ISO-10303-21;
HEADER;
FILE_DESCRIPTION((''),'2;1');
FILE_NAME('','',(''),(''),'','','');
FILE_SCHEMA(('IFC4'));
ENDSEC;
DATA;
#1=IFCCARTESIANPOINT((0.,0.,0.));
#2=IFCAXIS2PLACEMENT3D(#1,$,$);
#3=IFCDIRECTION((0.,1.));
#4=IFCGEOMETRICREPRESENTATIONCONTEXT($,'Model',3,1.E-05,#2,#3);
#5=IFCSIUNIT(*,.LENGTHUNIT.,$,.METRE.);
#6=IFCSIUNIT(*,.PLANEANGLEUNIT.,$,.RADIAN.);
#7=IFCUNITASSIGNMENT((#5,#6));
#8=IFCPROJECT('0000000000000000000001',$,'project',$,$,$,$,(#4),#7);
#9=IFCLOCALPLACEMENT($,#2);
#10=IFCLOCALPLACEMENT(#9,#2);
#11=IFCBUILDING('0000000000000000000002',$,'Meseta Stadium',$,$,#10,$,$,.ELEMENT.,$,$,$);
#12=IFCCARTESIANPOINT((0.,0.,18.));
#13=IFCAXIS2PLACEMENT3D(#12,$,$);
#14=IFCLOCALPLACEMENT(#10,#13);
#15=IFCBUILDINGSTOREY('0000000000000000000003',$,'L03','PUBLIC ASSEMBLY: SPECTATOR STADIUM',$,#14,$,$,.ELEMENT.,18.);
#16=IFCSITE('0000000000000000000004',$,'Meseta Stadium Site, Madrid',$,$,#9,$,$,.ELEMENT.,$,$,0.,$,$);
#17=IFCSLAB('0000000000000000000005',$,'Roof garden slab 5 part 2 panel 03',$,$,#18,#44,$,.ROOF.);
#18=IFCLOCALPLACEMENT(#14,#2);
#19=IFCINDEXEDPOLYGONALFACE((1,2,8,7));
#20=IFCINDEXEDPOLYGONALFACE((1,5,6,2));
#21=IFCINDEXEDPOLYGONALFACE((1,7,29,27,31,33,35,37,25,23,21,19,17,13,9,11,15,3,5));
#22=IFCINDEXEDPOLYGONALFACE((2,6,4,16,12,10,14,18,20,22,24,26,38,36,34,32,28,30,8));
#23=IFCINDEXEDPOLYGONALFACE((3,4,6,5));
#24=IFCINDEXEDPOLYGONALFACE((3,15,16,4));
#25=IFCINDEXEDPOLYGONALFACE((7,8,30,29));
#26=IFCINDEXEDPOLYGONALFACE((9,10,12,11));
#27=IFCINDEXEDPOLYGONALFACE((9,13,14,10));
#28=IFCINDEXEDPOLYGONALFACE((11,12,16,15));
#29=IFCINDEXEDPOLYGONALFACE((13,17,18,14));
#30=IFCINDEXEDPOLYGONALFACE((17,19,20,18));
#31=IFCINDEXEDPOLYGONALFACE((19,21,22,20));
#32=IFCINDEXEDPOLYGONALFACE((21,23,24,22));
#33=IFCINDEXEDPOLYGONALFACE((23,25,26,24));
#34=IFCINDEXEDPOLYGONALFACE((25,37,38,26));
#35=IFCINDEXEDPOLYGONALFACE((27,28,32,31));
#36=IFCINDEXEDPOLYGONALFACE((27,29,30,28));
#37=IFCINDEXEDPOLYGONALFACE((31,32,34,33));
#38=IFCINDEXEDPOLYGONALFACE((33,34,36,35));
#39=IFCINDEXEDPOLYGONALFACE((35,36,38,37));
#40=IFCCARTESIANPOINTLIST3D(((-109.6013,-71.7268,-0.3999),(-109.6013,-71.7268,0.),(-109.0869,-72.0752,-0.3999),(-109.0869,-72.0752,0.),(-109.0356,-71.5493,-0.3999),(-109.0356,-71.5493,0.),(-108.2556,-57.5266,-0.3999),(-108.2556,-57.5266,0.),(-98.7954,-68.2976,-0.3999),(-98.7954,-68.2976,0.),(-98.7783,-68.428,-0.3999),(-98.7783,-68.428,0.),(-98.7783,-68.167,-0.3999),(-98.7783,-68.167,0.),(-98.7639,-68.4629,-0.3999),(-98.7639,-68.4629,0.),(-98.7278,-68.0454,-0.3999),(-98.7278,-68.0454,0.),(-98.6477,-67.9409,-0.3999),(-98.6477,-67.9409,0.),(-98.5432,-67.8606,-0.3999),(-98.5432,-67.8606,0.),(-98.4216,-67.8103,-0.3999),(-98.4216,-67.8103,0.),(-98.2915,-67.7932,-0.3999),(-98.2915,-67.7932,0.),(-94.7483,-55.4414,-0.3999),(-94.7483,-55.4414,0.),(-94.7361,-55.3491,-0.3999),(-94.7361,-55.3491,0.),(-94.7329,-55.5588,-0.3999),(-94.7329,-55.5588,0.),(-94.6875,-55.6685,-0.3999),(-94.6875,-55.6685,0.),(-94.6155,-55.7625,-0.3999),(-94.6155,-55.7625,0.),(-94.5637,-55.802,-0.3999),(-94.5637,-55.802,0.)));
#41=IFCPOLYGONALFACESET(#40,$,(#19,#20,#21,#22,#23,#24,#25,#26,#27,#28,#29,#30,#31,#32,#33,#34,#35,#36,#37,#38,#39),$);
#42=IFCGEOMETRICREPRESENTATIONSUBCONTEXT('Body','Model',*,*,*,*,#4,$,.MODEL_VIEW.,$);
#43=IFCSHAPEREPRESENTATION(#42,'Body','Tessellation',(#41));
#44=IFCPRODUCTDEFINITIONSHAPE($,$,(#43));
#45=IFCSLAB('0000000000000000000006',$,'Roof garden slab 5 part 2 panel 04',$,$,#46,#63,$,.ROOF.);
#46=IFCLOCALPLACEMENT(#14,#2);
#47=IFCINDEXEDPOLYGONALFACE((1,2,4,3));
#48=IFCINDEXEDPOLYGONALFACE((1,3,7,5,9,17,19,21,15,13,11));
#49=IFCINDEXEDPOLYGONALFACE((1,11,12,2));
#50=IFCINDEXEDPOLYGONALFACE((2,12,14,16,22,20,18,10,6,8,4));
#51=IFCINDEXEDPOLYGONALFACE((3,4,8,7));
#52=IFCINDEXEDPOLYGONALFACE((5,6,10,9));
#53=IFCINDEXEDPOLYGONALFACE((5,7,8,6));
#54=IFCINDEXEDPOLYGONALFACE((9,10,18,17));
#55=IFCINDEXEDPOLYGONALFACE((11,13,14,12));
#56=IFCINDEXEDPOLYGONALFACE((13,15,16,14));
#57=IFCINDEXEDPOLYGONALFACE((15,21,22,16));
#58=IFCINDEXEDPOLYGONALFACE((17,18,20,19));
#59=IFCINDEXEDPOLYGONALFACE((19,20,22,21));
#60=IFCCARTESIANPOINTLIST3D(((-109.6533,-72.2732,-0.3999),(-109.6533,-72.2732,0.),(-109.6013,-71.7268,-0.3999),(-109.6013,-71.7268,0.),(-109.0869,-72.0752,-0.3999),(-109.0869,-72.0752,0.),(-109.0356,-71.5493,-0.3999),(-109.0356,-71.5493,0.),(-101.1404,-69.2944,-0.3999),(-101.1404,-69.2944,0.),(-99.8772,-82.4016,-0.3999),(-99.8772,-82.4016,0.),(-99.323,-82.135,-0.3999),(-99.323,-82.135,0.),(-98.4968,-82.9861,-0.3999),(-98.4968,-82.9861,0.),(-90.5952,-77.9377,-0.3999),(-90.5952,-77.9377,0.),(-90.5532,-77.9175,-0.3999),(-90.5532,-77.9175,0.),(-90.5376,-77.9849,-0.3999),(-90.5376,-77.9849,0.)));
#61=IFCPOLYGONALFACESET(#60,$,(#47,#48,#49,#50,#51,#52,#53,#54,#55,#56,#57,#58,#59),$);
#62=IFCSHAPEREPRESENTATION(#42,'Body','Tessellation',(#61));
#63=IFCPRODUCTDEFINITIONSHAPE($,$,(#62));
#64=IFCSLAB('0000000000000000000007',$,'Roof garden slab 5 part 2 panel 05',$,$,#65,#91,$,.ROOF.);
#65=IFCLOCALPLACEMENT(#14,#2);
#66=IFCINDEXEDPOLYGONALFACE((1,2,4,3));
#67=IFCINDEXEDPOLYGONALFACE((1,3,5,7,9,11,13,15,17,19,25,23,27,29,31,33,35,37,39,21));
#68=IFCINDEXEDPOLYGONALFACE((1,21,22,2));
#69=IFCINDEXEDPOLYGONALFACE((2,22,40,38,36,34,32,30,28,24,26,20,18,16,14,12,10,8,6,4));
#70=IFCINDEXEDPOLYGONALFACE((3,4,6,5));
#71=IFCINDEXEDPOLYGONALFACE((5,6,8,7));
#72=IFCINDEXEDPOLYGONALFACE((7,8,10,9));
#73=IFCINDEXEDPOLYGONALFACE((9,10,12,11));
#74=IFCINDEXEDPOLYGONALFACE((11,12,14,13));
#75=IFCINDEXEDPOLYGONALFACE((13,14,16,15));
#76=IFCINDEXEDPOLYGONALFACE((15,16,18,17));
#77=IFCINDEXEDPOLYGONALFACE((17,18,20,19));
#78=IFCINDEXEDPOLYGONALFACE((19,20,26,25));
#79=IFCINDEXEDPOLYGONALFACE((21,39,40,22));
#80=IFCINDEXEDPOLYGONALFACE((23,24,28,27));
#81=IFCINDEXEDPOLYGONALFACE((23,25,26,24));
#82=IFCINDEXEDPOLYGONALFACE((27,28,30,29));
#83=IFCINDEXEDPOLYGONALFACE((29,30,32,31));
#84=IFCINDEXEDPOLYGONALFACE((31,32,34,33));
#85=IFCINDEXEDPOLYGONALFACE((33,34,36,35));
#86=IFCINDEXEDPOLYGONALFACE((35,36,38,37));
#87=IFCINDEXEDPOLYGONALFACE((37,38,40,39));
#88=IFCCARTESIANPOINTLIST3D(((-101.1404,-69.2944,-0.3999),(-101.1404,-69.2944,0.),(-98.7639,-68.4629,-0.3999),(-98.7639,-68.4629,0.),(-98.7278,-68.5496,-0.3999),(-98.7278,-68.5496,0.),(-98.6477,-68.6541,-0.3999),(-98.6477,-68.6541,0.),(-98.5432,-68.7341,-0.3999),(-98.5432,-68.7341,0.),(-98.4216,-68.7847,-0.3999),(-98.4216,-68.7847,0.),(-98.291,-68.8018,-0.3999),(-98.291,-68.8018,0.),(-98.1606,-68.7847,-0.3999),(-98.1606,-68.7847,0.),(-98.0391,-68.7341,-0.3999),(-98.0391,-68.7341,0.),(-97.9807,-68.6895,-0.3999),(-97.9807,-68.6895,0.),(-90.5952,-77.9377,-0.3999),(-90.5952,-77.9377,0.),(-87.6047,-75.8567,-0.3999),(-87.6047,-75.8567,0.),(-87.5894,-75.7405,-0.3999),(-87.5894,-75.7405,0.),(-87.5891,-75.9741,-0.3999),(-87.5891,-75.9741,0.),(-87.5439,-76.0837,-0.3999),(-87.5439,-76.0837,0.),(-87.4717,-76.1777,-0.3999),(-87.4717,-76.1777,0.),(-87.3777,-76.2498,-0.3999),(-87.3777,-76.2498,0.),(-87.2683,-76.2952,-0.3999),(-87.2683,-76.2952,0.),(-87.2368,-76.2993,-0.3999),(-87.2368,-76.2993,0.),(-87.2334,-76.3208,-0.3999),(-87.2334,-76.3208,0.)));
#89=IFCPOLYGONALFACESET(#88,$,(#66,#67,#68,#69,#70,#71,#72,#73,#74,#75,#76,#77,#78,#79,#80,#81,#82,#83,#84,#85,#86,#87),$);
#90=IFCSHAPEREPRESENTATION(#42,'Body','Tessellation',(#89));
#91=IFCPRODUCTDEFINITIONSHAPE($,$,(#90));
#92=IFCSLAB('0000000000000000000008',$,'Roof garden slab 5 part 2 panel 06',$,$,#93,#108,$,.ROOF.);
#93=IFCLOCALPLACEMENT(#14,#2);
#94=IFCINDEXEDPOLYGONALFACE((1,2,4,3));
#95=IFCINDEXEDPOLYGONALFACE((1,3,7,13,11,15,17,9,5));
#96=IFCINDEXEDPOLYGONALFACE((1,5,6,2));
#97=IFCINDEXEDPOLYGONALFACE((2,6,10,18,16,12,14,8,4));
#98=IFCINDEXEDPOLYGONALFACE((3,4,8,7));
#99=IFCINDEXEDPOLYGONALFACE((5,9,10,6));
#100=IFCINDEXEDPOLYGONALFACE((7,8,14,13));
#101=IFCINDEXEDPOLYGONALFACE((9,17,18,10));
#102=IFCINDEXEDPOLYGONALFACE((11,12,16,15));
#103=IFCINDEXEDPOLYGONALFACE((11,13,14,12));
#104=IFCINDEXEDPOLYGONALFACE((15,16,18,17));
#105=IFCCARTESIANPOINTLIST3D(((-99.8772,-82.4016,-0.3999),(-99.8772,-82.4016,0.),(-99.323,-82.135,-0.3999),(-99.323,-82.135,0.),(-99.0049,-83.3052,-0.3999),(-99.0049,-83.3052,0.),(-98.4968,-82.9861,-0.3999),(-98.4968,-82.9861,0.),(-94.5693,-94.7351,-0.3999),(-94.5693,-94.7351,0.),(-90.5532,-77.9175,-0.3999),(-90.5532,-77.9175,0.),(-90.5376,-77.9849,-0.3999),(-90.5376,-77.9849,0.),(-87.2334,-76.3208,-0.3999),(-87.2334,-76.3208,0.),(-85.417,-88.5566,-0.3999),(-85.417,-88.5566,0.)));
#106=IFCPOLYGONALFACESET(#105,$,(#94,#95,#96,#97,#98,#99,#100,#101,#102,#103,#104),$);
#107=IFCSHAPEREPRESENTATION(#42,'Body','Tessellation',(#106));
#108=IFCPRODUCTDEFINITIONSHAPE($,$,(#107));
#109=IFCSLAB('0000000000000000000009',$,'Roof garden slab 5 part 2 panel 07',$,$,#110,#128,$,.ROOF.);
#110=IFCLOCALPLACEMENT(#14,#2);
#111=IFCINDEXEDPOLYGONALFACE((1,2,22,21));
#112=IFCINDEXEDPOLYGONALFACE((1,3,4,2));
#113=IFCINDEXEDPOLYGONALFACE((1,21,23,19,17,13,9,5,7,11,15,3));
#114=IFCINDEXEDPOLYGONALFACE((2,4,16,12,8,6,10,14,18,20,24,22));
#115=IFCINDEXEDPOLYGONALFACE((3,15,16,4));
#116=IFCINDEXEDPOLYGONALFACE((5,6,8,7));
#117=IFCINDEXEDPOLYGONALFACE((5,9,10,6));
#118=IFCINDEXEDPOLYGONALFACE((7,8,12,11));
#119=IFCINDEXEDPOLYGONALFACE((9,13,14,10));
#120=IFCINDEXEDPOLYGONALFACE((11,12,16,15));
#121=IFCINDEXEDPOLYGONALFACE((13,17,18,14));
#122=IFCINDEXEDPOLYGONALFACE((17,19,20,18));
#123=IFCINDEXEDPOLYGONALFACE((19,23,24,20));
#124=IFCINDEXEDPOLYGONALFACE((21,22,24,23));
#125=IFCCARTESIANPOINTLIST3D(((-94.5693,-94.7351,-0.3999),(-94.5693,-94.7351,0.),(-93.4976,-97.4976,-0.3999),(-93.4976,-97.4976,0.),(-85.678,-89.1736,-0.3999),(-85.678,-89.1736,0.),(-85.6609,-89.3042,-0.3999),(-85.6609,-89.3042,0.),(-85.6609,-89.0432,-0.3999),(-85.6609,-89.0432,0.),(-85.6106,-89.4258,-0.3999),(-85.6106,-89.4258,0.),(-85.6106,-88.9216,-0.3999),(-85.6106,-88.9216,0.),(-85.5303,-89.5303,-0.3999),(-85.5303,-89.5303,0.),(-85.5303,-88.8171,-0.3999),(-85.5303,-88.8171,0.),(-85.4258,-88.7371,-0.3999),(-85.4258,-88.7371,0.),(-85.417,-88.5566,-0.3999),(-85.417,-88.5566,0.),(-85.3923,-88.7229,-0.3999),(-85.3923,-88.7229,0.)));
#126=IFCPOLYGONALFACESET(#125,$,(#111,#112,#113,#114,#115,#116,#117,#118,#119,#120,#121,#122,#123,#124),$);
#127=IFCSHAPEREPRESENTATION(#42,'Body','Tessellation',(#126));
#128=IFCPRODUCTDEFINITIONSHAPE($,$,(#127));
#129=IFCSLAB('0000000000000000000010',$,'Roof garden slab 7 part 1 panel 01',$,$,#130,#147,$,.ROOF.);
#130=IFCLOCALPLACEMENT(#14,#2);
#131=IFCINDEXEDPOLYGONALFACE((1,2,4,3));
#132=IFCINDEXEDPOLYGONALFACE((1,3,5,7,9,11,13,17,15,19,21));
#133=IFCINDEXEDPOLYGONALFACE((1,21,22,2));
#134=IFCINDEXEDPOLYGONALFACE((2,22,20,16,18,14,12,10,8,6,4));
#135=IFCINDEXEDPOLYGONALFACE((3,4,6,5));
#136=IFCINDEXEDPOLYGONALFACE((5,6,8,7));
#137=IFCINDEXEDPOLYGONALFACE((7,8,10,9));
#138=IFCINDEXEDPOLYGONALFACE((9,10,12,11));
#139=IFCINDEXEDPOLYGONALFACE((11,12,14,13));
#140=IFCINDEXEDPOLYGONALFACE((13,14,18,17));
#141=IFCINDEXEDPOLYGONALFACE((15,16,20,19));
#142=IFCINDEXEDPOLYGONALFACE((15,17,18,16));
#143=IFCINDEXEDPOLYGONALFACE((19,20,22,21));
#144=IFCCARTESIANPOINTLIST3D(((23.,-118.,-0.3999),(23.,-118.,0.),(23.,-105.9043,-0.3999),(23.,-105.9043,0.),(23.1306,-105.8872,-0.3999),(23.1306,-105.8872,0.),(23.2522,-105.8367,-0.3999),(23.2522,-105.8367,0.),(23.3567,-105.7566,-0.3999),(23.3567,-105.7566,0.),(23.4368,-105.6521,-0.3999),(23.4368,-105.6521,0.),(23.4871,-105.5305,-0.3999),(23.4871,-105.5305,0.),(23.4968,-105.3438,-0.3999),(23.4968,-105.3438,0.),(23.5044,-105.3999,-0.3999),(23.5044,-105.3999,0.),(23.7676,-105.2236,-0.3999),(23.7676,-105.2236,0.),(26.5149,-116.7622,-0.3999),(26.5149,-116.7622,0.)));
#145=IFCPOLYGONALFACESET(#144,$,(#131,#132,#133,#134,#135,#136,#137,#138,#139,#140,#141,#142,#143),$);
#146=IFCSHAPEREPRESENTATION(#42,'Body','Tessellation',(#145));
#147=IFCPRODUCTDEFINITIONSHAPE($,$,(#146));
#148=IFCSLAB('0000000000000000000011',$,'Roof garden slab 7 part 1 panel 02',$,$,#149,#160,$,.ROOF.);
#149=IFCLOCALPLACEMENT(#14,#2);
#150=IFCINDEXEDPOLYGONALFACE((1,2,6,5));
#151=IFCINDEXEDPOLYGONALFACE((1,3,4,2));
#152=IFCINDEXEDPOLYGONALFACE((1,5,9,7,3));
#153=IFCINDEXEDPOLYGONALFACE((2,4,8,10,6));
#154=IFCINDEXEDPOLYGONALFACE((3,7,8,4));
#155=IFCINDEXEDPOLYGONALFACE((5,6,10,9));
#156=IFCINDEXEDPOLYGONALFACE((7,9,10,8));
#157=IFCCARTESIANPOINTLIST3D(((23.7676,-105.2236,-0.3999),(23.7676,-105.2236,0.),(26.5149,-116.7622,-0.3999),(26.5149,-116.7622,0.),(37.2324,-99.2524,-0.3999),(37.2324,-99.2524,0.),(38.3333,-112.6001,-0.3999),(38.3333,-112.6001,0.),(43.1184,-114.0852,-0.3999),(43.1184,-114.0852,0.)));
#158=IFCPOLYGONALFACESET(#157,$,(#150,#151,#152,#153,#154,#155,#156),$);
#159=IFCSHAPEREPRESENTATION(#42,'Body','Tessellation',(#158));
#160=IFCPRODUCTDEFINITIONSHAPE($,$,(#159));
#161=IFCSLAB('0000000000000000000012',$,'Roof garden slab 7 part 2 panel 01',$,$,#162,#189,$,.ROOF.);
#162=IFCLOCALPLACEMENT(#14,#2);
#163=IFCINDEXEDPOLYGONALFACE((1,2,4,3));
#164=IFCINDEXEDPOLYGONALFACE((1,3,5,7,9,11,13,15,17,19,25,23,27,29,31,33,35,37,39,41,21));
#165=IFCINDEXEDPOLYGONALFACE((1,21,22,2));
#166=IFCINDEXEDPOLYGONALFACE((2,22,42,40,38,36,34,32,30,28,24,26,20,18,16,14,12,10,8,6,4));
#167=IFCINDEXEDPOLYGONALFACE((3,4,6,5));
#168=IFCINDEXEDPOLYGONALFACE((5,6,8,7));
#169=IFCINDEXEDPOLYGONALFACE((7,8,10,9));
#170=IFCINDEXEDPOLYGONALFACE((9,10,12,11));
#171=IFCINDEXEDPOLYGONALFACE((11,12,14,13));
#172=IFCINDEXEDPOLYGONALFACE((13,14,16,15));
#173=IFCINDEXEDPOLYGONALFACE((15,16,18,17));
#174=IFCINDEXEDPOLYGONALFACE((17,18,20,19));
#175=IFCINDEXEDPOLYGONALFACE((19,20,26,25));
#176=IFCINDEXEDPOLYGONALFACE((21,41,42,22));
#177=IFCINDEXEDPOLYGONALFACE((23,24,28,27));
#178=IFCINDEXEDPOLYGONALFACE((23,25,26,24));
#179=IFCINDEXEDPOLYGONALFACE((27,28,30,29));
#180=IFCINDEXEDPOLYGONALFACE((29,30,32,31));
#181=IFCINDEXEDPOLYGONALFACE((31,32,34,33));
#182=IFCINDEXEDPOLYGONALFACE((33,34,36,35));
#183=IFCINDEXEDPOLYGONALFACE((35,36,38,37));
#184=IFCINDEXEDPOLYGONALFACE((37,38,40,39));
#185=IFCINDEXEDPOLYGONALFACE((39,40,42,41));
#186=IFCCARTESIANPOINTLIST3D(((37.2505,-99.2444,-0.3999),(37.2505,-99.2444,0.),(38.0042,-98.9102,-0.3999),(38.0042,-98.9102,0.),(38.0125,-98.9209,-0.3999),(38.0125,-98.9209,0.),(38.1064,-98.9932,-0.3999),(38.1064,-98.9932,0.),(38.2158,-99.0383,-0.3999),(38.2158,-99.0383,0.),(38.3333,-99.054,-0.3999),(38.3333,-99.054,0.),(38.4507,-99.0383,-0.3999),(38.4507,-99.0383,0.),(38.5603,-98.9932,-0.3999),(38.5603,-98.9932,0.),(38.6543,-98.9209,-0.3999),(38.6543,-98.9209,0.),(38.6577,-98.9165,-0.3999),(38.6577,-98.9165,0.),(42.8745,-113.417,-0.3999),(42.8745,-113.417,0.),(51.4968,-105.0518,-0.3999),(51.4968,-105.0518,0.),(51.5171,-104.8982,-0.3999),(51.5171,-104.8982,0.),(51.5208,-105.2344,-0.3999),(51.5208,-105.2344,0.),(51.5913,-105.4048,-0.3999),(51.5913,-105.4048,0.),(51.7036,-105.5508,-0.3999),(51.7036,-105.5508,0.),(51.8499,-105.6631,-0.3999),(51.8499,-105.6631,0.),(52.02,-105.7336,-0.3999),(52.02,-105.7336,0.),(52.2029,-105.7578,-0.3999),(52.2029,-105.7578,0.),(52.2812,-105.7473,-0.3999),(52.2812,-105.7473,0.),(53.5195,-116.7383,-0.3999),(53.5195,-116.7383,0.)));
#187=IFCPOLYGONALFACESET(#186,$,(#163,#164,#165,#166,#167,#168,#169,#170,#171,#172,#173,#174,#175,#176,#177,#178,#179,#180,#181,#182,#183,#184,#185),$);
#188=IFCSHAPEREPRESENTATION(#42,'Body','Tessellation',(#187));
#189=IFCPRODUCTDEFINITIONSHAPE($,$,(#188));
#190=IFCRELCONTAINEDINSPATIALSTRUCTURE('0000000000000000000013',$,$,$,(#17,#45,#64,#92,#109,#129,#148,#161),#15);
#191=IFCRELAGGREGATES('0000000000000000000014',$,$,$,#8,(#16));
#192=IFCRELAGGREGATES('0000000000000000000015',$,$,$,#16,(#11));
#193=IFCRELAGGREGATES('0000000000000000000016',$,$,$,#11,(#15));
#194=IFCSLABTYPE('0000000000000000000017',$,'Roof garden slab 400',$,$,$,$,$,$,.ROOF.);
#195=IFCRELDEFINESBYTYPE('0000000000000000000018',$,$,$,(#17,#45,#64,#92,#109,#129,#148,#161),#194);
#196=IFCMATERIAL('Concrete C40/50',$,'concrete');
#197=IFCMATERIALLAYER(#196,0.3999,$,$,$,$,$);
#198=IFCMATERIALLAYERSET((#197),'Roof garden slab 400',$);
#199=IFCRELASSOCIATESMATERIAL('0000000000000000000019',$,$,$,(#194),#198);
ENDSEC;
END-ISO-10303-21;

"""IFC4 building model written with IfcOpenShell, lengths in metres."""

from ifc_helpers import new_model, si_unit, direction, frame, origin, place, context, subcontext, project, spatial, polyline, outline, extrude, material, layer, layer_set, type_object, element, save


model = new_model("IFC4")

# Units and contexts
model_context = context("Model", 3, precision=1e-05, world=origin(), true_north=direction((0.0, 1.0)))
body_context = subcontext(model_context, "Body", "Model", "MODEL_VIEW")
ifc_project = project(units=[si_unit("LENGTHUNIT", "METRE"), si_unit("PLANEANGLEUNIT", "RADIAN")], contexts=[model_context])

# Site, building, storey
site_placement = place(None, origin())
site = spatial("IfcSite", under=ifc_project, at=site_placement, Name="Meseta Stadium Site, Madrid", CompositionType="ELEMENT", RefElevation=0.0)
building_placement = place(site_placement, origin())
building = spatial("IfcBuilding", under=site, at=building_placement, Name="Meseta Stadium", CompositionType="ELEMENT")
storey_placement = place(building_placement, frame((0.0, 0.0, 18.0)))
storey = spatial("IfcBuildingStorey", under=building, at=storey_placement, Name="L03", Description="PUBLIC ASSEMBLY: SPECTATOR STADIUM", CompositionType="ELEMENT", Elevation=18.0)

# Slabs
ifc_material_1 = material(Name="Concrete C40/50", Category="concrete")
ifc_layer_1 = layer(ifc_material_1, 0.3999)
ifc_layer_set_1 = layer_set([ifc_layer_1], Name="Roof garden slab 400")
slab_type_1 = type_object("IfcSlabType", Name="Roof garden slab 400", PredefinedType="ROOF", material=ifc_layer_set_1)
slab_1_placement = place(storey_placement, frame((0.0, 0.0, -0.3999)))
element("IfcSlab", 1, at=slab_1_placement, inside=storey, type_object=slab_type_1, Name="Roof garden slab 5 part 2 panel 03", PredefinedType="ROOF", context=body_context, shape_type="SweptSolid", body=[
    extrude(outline(polyline([(-94.6155, -55.7625), (-94.6875, -55.6685), (-94.7329, -55.5588), (-94.7483, -55.4414), (-94.7361, -55.3491), (-108.2556, -57.5266), (-109.6013, -71.7268), (-109.0356, -71.5493), (-109.0869, -72.0752), (-98.7639, -68.4629), (-98.7783, -68.428), (-98.7954, -68.2976), (-98.7783, -68.167), (-98.7278, -68.0454), (-98.6477, -67.9409), (-98.5432, -67.8606), (-98.4216, -67.8103), (-98.2915, -67.7932), (-94.5637, -55.802), (-94.6155, -55.7625)])), origin(), (0.0, 0.0, 1.0), 0.3999),
])
slab_2_placement = place(storey_placement, frame((0.0, 0.0, -0.3999)))
element("IfcSlab", 2, at=slab_2_placement, inside=storey, type_object=slab_type_1, Name="Roof garden slab 5 part 2 panel 04", PredefinedType="ROOF", context=body_context, shape_type="SweptSolid", body=[
    extrude(outline(polyline([(-90.5376, -77.9849), (-90.5532, -77.9175), (-90.5952, -77.9377), (-101.1404, -69.2944), (-109.0869, -72.0752), (-109.0356, -71.5493), (-109.6013, -71.7268), (-109.6533, -72.2732), (-99.8772, -82.4016), (-99.323, -82.135), (-98.4968, -82.9861), (-90.5376, -77.9849)])), origin(), (0.0, 0.0, 1.0), 0.3999),
])
slab_3_placement = place(storey_placement, frame((0.0, 0.0, -0.3999)))
element("IfcSlab", 3, at=slab_3_placement, inside=storey, type_object=slab_type_1, Name="Roof garden slab 5 part 2 panel 05", PredefinedType="ROOF", context=body_context, shape_type="SweptSolid", body=[
    extrude(outline(polyline([(-98.4216, -68.7847), (-98.5432, -68.7341), (-98.6477, -68.6541), (-98.7278, -68.5496), (-98.7639, -68.4629), (-101.1404, -69.2944), (-90.5952, -77.9377), (-87.2334, -76.3208), (-87.2368, -76.2993), (-87.2683, -76.2952), (-87.3777, -76.2498), (-87.4717, -76.1777), (-87.5439, -76.0837), (-87.5891, -75.9741), (-87.6047, -75.8567), (-87.5894, -75.7405), (-97.9807, -68.6895), (-98.0391, -68.7341), (-98.1606, -68.7847), (-98.291, -68.8018), (-98.4216, -68.7847)])), origin(), (0.0, 0.0, 1.0), 0.3999),
])
slab_4_placement = place(storey_placement, frame((0.0, 0.0, -0.3999)))
element("IfcSlab", 4, at=slab_4_placement, inside=storey, type_object=slab_type_1, Name="Roof garden slab 5 part 2 panel 06", PredefinedType="ROOF", context=body_context, shape_type="SweptSolid", body=[
    extrude(outline(polyline([(-99.323, -82.135), (-99.8772, -82.4016), (-99.0049, -83.3052), (-94.5693, -94.7351), (-85.417, -88.5566), (-87.2334, -76.3208), (-90.5532, -77.9175), (-90.5376, -77.9849), (-98.4968, -82.9861), (-99.323, -82.135)])), origin(), (0.0, 0.0, 1.0), 0.3999),
])
slab_5_placement = place(storey_placement, frame((0.0, 0.0, -0.3999)))
element("IfcSlab", 5, at=slab_5_placement, inside=storey, type_object=slab_type_1, Name="Roof garden slab 5 part 2 panel 07", PredefinedType="ROOF", context=body_context, shape_type="SweptSolid", body=[
    extrude(outline(polyline([(-85.417, -88.5566), (-94.5693, -94.7351), (-93.4976, -97.4976), (-85.5303, -89.5303), (-85.6106, -89.4258), (-85.6609, -89.3042), (-85.678, -89.1736), (-85.6609, -89.0432), (-85.6106, -88.9216), (-85.5303, -88.8171), (-85.4258, -88.7371), (-85.3923, -88.7229), (-85.417, -88.5566)])), origin(), (0.0, 0.0, 1.0), 0.3999),
])
slab_6_placement = place(storey_placement, frame((0.0, 0.0, -0.3999)))
element("IfcSlab", 6, at=slab_6_placement, inside=storey, type_object=slab_type_1, Name="Roof garden slab 7 part 1 panel 01", PredefinedType="ROOF", context=body_context, shape_type="SweptSolid", body=[
    extrude(outline(polyline([(23.7676, -105.2236), (23.4968, -105.3438), (23.5044, -105.3999), (23.4871, -105.5305), (23.4368, -105.6521), (23.3567, -105.7566), (23.2522, -105.8367), (23.1306, -105.8872), (23.0, -105.9043), (23.0, -118.0), (26.5149, -116.7622), (23.7676, -105.2236)])), origin(), (0.0, 0.0, 1.0), 0.3999),
])
slab_7_placement = place(storey_placement, frame((0.0, 0.0, -0.3999)))
element("IfcSlab", 7, at=slab_7_placement, inside=storey, type_object=slab_type_1, Name="Roof garden slab 7 part 1 panel 02", PredefinedType="ROOF", context=body_context, shape_type="SweptSolid", body=[
    extrude(outline(polyline([(43.1184, -114.0852), (37.2324, -99.2524), (23.7676, -105.2236), (26.5149, -116.7622), (38.3333, -112.6001), (43.1184, -114.0852)])), origin(), (0.0, 0.0, 1.0), 0.3999),
])
slab_8_placement = place(storey_placement, frame((0.0, 0.0, -0.3999)))
element("IfcSlab", 8, at=slab_8_placement, inside=storey, type_object=slab_type_1, Name="Roof garden slab 7 part 2 panel 01", PredefinedType="ROOF", context=body_context, shape_type="SweptSolid", body=[
    extrude(outline(polyline([(38.5603, -98.9932), (38.4507, -99.0383), (38.3333, -99.054), (38.2158, -99.0383), (38.1064, -98.9932), (38.0125, -98.9209), (38.0042, -98.9102), (37.2505, -99.2444), (42.8745, -113.417), (53.5195, -116.7383), (52.2812, -105.7473), (52.2029, -105.7578), (52.02, -105.7336), (51.8499, -105.6631), (51.7036, -105.5508), (51.5913, -105.4048), (51.5208, -105.2344), (51.4968, -105.0518), (51.5171, -104.8982), (38.6577, -98.9165), (38.6543, -98.9209), (38.5603, -98.9932)])), origin(), (0.0, 0.0, 1.0), 0.3999),
])

save(model, "model.ifc")
